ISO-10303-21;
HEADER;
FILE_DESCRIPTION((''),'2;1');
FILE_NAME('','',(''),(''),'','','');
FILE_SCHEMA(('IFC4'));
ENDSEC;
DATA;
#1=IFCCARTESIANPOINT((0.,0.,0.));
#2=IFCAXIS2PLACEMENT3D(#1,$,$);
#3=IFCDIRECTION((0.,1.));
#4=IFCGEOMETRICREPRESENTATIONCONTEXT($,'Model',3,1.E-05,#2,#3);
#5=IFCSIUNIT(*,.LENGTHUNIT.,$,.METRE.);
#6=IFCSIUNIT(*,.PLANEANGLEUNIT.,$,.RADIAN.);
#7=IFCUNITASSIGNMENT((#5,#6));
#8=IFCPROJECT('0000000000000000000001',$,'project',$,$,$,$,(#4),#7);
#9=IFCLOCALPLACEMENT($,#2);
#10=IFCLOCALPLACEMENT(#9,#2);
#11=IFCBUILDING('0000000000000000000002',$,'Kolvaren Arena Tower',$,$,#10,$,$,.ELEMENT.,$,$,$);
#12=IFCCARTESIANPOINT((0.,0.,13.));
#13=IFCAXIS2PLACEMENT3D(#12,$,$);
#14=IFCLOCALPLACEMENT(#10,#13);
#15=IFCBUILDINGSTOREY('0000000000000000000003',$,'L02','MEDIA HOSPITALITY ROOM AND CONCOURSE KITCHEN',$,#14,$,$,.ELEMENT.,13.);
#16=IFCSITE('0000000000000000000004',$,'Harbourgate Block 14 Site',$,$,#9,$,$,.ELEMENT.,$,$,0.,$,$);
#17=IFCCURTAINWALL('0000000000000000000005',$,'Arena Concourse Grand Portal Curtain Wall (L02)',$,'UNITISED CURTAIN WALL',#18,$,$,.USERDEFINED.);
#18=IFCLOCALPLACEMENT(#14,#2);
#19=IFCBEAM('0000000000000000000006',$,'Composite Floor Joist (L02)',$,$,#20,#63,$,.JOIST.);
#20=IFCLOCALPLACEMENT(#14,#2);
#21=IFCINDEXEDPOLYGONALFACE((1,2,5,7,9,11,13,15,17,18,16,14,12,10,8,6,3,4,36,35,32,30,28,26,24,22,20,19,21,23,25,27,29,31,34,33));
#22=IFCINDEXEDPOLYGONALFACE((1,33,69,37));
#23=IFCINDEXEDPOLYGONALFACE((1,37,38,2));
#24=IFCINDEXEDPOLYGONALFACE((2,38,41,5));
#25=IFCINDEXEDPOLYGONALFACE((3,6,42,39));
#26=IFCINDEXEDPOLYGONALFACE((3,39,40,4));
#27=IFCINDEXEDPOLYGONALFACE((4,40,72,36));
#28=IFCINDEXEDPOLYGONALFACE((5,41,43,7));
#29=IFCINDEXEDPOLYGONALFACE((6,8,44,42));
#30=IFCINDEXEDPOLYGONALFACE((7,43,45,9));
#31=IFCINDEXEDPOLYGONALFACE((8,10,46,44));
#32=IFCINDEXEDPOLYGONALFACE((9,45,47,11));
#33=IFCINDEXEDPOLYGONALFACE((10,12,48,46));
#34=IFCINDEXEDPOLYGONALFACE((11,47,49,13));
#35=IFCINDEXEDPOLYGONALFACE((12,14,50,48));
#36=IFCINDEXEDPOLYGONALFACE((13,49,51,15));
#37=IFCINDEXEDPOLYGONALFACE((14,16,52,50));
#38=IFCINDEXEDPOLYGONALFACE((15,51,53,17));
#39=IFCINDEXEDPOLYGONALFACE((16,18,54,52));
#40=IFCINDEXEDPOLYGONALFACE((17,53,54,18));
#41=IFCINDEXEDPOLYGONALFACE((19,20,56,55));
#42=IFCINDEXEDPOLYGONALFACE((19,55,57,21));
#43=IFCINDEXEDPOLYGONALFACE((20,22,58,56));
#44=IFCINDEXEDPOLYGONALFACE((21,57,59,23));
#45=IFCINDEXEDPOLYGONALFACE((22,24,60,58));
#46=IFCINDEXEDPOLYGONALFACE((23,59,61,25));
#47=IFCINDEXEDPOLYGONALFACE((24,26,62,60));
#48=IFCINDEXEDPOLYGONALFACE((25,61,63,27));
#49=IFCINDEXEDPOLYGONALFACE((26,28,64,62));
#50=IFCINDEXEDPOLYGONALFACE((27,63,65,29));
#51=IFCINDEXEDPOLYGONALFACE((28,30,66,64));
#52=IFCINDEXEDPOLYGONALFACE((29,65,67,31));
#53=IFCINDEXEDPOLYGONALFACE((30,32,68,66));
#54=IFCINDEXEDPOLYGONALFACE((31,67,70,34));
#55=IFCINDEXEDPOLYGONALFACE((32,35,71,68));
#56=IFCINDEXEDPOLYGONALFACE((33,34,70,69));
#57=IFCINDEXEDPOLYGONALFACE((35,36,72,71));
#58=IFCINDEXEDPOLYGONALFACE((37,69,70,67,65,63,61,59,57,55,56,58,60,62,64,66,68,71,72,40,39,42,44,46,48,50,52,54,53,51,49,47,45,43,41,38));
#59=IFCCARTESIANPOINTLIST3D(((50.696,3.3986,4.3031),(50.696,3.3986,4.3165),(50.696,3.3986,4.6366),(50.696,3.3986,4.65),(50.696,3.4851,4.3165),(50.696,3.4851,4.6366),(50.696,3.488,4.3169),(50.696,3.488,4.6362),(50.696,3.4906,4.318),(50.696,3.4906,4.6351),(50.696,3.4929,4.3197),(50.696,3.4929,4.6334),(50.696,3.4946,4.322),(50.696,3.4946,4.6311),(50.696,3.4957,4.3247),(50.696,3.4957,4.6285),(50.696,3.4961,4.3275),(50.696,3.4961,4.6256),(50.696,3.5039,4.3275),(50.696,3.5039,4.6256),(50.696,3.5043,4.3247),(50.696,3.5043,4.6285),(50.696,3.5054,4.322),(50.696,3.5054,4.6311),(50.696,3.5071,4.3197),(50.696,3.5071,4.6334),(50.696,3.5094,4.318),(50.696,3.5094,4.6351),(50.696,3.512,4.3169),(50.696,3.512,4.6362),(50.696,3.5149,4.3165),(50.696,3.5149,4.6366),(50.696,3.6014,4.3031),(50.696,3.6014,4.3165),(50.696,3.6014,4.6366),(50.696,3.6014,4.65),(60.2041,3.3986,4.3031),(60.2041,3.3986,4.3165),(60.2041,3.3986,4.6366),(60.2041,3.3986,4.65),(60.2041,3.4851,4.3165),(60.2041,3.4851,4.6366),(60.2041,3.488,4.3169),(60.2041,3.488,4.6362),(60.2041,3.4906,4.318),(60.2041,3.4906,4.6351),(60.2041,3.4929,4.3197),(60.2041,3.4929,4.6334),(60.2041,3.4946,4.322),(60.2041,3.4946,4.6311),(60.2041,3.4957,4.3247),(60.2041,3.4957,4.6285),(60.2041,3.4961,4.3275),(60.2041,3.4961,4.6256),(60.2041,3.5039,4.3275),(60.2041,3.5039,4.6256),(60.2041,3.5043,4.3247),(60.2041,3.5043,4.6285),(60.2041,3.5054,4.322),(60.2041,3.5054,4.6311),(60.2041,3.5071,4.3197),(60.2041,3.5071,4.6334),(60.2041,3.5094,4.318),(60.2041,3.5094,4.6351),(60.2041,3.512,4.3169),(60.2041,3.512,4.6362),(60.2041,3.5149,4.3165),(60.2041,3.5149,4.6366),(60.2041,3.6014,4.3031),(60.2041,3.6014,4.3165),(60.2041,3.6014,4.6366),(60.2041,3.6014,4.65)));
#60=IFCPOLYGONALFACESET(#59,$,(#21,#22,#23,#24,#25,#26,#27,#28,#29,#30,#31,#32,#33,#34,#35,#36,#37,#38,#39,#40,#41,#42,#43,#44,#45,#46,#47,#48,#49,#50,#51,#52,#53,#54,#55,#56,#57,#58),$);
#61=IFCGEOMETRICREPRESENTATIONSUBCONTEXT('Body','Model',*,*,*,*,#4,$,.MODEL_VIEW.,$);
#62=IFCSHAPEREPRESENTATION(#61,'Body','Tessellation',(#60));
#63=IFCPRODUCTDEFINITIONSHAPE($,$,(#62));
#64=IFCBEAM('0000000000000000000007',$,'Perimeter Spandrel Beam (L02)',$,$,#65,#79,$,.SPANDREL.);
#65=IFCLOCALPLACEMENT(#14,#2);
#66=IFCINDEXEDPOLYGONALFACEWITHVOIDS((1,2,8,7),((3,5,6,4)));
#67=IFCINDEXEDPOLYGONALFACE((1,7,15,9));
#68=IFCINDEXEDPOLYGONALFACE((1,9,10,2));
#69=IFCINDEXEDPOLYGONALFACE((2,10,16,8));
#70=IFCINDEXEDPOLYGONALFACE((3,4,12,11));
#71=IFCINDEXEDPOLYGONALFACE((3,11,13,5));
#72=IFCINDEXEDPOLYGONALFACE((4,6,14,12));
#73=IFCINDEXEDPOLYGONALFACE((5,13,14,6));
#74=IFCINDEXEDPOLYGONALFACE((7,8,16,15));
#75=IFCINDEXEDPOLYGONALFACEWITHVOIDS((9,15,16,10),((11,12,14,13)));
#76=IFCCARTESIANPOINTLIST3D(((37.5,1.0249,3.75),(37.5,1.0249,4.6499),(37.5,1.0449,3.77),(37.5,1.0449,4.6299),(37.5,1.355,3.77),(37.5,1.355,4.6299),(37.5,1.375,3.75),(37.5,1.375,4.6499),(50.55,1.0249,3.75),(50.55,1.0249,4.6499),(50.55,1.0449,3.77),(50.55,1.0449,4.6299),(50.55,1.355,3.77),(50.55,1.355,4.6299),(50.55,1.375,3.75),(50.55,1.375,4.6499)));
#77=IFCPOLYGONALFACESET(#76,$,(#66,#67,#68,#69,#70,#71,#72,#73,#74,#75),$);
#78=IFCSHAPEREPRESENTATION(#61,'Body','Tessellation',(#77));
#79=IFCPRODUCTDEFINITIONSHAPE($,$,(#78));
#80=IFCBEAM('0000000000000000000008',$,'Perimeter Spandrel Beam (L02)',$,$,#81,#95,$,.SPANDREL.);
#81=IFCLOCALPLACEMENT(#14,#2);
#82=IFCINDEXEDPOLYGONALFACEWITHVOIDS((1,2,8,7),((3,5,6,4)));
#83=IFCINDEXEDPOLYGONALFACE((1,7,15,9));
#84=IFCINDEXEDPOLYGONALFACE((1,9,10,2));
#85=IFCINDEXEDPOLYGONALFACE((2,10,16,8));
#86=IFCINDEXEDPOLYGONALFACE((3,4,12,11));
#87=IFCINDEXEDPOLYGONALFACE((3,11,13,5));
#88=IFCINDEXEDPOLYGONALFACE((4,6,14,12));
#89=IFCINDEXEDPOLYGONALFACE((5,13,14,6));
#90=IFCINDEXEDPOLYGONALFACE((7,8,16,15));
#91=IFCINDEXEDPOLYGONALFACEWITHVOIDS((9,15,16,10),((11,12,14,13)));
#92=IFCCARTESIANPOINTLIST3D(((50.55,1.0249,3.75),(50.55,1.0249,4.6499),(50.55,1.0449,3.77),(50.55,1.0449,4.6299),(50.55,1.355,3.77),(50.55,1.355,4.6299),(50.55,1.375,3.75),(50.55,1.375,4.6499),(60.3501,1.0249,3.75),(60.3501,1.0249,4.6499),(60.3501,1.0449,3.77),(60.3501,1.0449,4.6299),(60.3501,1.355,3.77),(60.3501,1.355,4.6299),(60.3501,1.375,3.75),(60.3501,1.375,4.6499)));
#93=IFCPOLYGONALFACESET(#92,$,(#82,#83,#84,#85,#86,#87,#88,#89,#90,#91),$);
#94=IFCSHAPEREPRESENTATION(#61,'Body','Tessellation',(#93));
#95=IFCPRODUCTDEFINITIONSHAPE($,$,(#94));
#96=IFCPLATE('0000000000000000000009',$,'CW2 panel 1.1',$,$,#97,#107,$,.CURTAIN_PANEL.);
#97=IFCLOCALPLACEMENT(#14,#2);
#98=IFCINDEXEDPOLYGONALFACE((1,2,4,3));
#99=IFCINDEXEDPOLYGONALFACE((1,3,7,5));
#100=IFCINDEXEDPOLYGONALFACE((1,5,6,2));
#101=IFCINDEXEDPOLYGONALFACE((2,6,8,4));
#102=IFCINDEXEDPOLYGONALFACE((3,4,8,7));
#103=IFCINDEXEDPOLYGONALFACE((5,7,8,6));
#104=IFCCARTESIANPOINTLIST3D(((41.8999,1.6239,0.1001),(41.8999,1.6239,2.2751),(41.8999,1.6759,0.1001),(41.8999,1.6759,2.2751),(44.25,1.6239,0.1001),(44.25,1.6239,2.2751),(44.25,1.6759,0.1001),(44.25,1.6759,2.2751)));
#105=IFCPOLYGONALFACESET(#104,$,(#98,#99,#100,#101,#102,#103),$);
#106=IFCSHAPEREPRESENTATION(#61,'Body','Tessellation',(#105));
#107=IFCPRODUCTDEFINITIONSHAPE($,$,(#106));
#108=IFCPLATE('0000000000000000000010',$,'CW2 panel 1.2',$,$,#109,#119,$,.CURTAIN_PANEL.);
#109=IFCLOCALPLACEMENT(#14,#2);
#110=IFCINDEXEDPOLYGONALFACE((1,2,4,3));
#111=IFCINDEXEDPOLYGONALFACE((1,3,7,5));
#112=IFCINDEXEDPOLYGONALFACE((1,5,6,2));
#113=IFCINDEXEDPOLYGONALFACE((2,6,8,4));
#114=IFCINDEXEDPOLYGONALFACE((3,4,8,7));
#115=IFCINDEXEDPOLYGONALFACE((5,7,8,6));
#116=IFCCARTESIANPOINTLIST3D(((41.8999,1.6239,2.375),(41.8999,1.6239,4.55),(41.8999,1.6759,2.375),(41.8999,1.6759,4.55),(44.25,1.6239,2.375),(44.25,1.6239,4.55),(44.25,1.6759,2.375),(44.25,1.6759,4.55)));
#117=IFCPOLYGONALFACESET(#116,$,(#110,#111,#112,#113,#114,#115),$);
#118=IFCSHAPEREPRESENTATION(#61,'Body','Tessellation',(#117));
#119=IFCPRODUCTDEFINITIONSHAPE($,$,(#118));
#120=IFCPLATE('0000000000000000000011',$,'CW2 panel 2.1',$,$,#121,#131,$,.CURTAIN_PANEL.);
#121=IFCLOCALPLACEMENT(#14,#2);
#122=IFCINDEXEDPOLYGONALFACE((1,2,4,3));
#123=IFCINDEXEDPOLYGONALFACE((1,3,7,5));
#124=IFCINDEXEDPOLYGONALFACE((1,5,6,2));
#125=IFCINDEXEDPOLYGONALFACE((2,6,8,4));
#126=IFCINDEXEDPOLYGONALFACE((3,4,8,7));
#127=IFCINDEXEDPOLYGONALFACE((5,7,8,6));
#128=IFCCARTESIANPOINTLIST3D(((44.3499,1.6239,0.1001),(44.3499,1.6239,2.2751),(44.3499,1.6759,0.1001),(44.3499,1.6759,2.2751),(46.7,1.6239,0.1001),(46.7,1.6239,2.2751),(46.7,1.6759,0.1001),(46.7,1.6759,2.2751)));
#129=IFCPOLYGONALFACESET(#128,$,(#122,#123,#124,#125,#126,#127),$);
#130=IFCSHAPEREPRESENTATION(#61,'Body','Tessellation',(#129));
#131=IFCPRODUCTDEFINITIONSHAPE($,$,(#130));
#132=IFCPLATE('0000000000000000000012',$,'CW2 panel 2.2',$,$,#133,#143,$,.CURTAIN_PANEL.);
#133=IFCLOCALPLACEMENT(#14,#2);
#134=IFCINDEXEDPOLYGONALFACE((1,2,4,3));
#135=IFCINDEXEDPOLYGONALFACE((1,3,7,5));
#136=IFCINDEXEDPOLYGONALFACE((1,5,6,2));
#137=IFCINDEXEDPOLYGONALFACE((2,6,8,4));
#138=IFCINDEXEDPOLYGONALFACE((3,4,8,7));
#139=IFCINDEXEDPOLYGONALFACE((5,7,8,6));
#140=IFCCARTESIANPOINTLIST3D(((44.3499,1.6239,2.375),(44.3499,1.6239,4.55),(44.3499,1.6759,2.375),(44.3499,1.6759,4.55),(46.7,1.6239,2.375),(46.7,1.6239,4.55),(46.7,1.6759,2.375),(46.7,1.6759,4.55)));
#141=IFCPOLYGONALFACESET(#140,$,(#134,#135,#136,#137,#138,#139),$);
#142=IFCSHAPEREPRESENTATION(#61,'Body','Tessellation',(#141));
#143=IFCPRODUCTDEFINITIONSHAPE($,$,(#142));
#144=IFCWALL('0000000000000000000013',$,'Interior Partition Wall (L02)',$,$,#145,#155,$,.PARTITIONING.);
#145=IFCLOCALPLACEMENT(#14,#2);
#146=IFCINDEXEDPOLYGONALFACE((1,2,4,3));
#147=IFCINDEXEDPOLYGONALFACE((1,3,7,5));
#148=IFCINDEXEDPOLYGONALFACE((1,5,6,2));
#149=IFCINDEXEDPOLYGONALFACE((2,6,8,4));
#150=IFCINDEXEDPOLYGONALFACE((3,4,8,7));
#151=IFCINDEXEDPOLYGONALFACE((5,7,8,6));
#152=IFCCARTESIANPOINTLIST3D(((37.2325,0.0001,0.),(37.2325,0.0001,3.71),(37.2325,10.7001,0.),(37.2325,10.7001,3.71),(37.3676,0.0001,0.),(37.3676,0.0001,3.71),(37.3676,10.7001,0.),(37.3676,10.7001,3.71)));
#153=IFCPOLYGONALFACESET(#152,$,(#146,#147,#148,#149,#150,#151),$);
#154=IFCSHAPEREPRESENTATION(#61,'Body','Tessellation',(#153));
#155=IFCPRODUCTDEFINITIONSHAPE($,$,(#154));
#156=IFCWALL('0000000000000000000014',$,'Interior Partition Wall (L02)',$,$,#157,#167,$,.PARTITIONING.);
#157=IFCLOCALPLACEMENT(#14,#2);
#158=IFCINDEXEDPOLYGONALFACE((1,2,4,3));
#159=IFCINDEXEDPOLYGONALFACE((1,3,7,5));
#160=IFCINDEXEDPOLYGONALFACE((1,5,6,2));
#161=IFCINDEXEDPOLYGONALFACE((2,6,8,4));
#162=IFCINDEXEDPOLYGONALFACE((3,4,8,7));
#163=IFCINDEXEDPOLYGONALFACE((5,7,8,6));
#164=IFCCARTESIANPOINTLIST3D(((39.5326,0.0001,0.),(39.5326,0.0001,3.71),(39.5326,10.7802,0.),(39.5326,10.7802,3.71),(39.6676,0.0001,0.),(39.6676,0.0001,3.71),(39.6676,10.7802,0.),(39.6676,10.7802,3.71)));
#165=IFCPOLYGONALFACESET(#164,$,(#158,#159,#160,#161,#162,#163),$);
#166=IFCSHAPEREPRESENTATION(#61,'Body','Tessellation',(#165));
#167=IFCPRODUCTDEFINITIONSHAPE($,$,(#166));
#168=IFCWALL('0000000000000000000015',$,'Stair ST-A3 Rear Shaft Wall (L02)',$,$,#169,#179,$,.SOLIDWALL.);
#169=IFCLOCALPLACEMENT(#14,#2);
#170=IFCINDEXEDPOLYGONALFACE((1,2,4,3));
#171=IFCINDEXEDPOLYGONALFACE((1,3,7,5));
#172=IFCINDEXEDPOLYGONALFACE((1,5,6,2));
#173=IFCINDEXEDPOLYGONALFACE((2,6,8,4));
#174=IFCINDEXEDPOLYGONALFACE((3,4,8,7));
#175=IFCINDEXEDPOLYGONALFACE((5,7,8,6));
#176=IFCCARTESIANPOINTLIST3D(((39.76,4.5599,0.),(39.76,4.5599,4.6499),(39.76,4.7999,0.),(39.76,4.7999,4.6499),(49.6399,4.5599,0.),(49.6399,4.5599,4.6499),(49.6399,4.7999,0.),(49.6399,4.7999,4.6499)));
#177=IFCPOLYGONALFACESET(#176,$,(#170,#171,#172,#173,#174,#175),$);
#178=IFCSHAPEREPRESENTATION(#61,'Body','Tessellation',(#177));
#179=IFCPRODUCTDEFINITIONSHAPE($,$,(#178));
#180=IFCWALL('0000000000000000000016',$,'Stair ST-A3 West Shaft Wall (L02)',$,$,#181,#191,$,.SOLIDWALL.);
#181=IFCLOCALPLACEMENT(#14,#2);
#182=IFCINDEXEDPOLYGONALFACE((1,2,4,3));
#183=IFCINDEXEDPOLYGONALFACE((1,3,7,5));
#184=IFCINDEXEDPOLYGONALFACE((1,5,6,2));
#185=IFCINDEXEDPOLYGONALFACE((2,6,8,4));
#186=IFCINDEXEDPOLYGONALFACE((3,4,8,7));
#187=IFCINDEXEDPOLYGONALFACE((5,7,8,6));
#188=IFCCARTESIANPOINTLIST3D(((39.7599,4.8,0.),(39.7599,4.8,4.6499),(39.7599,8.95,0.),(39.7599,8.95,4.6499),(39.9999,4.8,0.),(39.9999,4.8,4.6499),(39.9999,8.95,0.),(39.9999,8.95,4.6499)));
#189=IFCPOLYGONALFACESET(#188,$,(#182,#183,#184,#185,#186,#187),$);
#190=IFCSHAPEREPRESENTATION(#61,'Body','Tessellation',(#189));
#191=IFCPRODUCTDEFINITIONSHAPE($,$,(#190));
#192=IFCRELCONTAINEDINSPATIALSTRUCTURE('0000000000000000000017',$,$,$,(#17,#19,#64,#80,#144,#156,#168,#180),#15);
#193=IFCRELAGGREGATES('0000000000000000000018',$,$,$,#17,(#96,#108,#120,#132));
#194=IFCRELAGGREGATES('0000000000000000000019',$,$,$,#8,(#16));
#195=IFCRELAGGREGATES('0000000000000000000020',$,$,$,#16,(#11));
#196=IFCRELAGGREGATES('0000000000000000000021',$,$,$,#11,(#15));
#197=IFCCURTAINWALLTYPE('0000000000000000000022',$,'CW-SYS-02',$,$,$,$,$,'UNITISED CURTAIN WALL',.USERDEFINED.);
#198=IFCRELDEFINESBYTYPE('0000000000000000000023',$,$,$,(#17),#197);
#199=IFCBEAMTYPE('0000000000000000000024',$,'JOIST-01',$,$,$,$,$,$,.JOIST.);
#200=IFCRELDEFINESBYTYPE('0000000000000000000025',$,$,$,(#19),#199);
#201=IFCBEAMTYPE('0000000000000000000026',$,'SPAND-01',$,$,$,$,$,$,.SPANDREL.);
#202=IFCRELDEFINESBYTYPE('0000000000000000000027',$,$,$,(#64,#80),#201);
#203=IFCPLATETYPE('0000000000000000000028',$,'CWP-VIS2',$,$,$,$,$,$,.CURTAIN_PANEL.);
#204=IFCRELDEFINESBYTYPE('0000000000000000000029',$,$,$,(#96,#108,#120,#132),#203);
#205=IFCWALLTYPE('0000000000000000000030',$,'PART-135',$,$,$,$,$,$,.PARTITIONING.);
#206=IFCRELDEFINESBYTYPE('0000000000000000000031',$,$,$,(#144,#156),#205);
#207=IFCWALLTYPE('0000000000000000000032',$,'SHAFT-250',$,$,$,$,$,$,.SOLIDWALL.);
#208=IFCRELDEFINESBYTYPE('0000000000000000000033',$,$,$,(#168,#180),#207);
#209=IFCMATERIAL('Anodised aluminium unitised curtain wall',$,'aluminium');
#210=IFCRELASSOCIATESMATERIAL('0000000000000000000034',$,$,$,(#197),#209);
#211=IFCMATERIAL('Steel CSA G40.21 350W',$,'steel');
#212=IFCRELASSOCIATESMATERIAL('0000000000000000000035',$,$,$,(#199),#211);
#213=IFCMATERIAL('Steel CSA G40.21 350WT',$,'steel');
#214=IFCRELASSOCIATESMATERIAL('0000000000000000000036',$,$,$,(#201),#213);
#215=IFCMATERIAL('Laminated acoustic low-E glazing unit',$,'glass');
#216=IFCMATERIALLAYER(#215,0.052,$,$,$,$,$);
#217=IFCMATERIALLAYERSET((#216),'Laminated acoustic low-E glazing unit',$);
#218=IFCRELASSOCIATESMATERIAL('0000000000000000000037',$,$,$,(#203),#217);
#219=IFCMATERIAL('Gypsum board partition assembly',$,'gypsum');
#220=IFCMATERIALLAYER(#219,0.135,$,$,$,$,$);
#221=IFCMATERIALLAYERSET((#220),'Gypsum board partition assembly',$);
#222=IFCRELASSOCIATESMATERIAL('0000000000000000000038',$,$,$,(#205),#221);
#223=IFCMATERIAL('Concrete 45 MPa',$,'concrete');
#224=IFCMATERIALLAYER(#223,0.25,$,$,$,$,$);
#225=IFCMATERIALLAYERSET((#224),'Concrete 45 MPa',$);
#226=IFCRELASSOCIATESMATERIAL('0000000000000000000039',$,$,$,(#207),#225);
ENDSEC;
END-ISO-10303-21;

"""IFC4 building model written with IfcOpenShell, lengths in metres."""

from ifc_helpers import new_model, si_unit, direction, frame, frame_2d, origin, origin_2d, place, context, subcontext, project, spatial, rectangle, hollow_rectangle, i_section, extrude, material, layer, layer_set, material_profile, profile_set, type_object, element, aggregate, save


model = new_model("IFC4")

# Units and contexts
model_context = context("Model", 3, precision=1e-05, world=origin(), true_north=direction((0.0, 1.0)))
body_context = subcontext(model_context, "Body", "Model", "MODEL_VIEW")
ifc_project = project(units=[si_unit("LENGTHUNIT", "METRE"), si_unit("PLANEANGLEUNIT", "RADIAN")], contexts=[model_context])

# Site, building, storey
site_placement = place(None, origin())
site = spatial("IfcSite", under=ifc_project, at=site_placement, Name="Harbourgate Block 14 Site", CompositionType="ELEMENT", RefElevation=0.0)
building_placement = place(site_placement, origin())
building = spatial("IfcBuilding", under=site, at=building_placement, Name="Kolvaren Arena Tower", CompositionType="ELEMENT")
storey_placement = place(building_placement, frame((0.0, 0.0, 13.0)))
storey = spatial("IfcBuildingStorey", under=building, at=storey_placement, Name="L02", Description="MEDIA HOSPITALITY ROOM AND CONCOURSE KITCHEN", CompositionType="ELEMENT", Elevation=13.0)

# Curtain wall
ifc_material_1 = material(Name="Anodised aluminium unitised curtain wall", Category="aluminium")
curtain_wall_type = type_object("IfcCurtainWallType", Name="CW-SYS-02", ElementType="UNITISED CURTAIN WALL", PredefinedType="USERDEFINED", material=ifc_material_1)
curtain_wall_placement = place(storey_placement, origin())
curtain_wall = element("IfcCurtainWall", 1, at=curtain_wall_placement, inside=storey, type_object=curtain_wall_type, Name="Arena Concourse Grand Portal Curtain Wall (L02)", ObjectType="UNITISED CURTAIN WALL", PredefinedType="USERDEFINED")

# Beams
ifc_material_2 = material(Name="Steel CSA G40.21 350W", Category="steel")
ifc_material_profile_1 = material_profile(ifc_material_2, i_section(OverallWidth=0.2029, OverallDepth=0.3469, WebThickness=0.0078, FlangeThickness=0.0134, FilletRadius=0.011, at=origin_2d()), Name="W360x64")
ifc_profile_set_1 = profile_set([ifc_material_profile_1], Name="Steel CSA G40.21 350W")
beam_type_1 = type_object("IfcBeamType", Name="JOIST-01", PredefinedType="JOIST", material=ifc_profile_set_1)
beam_1_placement = place(storey_placement, frame((50.696, 3.5, 4.4766), z_axis=(1.0, 0.0, 0.0), x_axis=(0.0, 1.0, 0.0)))
element("IfcBeam", 2, at=beam_1_placement, inside=storey, type_object=beam_type_1, Name="Composite Floor Joist (L02)", PredefinedType="JOIST", context=body_context, shape_type="SweptSolid", body=[
    extrude(i_section(OverallWidth=0.2029, OverallDepth=0.3469, WebThickness=0.0078, FlangeThickness=0.0134, FilletRadius=0.011, at=origin_2d()), origin(), (0.0, 0.0, 1.0), 9.5081),
])
ifc_material_3 = material(Name="Steel CSA G40.21 350WT", Category="steel")
ifc_material_profile_2 = material_profile(ifc_material_3, hollow_rectangle(XDim=0.3501, YDim=0.8999, WallThickness=0.02, at=origin_2d()), Name="HSS 900x350x20")
ifc_profile_set_2 = profile_set([ifc_material_profile_2], Name="Steel CSA G40.21 350WT")
beam_type_2 = type_object("IfcBeamType", Name="SPAND-01", PredefinedType="SPANDREL", material=ifc_profile_set_2)
beam_2_placement = place(storey_placement, frame((37.5, 1.2, 4.2), z_axis=(1.0, 0.0, 0.0), x_axis=(0.0, 1.0, 0.0)))
element("IfcBeam", 3, at=beam_2_placement, inside=storey, type_object=beam_type_2, Name="Perimeter Spandrel Beam (L02)", PredefinedType="SPANDREL", context=body_context, shape_type="SweptSolid", body=[
    extrude(hollow_rectangle(XDim=0.3501, YDim=0.8999, WallThickness=0.02, at=origin_2d()), origin(), (0.0, 0.0, 1.0), 13.05),
])
beam_3_placement = place(storey_placement, frame((50.55, 1.2, 4.2), z_axis=(1.0, 0.0, 0.0), x_axis=(0.0, 1.0, 0.0)))
element("IfcBeam", 4, at=beam_3_placement, inside=storey, type_object=beam_type_2, Name="Perimeter Spandrel Beam (L02)", PredefinedType="SPANDREL", context=body_context, shape_type="SweptSolid", body=[
    extrude(hollow_rectangle(XDim=0.3501, YDim=0.8999, WallThickness=0.02, at=origin_2d()), origin(), (0.0, 0.0, 1.0), 9.8),
])

# Plates
ifc_material_4 = material(Name="Laminated acoustic low-E glazing unit", Category="glass")
ifc_layer_1 = layer(ifc_material_4, 0.052)
ifc_layer_set_1 = layer_set([ifc_layer_1], Name="Laminated acoustic low-E glazing unit")
plate_type = type_object("IfcPlateType", Name="CWP-VIS2", PredefinedType="CURTAIN_PANEL", material=ifc_layer_set_1)
plate_1_placement = place(storey_placement, frame((43.075, 1.6499, 0.1001), z_axis=(0.0, 0.0, 1.0), x_axis=(1.0, 0.0, 0.0)))
plate_1 = element("IfcPlate", 5, at=plate_1_placement, type_object=plate_type, Name="CW2 panel 1.1", PredefinedType="CURTAIN_PANEL", context=body_context, shape_type="SweptSolid", body=[
    extrude(rectangle(XDim=2.3501, YDim=0.052, at=origin_2d()), origin(), (0.0, 0.0, 1.0), 2.175),
])
plate_2_placement = place(storey_placement, frame((43.075, 1.6499, 2.375), z_axis=(0.0, 0.0, 1.0), x_axis=(1.0, 0.0, 0.0)))
plate_2 = element("IfcPlate", 6, at=plate_2_placement, type_object=plate_type, Name="CW2 panel 1.2", PredefinedType="CURTAIN_PANEL", context=body_context, shape_type="SweptSolid", body=[
    extrude(rectangle(XDim=2.3501, YDim=0.052, at=origin_2d()), origin(), (0.0, 0.0, 1.0), 2.175),
])
plate_3_placement = place(storey_placement, frame((45.5249, 1.6499, 0.1001), z_axis=(0.0, 0.0, 1.0), x_axis=(1.0, 0.0, 0.0)))
plate_3 = element("IfcPlate", 7, at=plate_3_placement, type_object=plate_type, Name="CW2 panel 2.1", PredefinedType="CURTAIN_PANEL", context=body_context, shape_type="SweptSolid", body=[
    extrude(rectangle(XDim=2.3501, YDim=0.052, at=origin_2d()), origin(), (0.0, 0.0, 1.0), 2.175),
])
plate_4_placement = place(storey_placement, frame((45.5249, 1.6499, 2.375), z_axis=(0.0, 0.0, 1.0), x_axis=(1.0, 0.0, 0.0)))
plate_4 = element("IfcPlate", 8, at=plate_4_placement, type_object=plate_type, Name="CW2 panel 2.2", PredefinedType="CURTAIN_PANEL", context=body_context, shape_type="SweptSolid", body=[
    extrude(rectangle(XDim=2.3501, YDim=0.052, at=origin_2d()), origin(), (0.0, 0.0, 1.0), 2.175),
])
aggregate(curtain_wall, [plate_1, plate_2, plate_3, plate_4])

# Walls
ifc_material_5 = material(Name="Gypsum board partition assembly", Category="gypsum")
ifc_layer_2 = layer(ifc_material_5, 0.135)
ifc_layer_set_2 = layer_set([ifc_layer_2], Name="Gypsum board partition assembly")
wall_type_1 = type_object("IfcWallType", Name="PART-135", PredefinedType="PARTITIONING", material=ifc_layer_set_2)
wall_1_placement = place(storey_placement, frame((37.3, 0.0, 0.0), z_axis=(0.0, 0.0, 1.0), x_axis=(0.0, 1.0, 0.0)))
element("IfcWall", 9, at=wall_1_placement, inside=storey, type_object=wall_type_1, Name="Interior Partition Wall (L02)", PredefinedType="PARTITIONING", context=body_context, shape_type="SweptSolid", body=[
    extrude(rectangle(XDim=10.7, YDim=0.135, at=frame_2d((5.3501, 0.0))), origin(), (0.0, 0.0, 1.0), 3.71),
])
wall_2_placement = place(storey_placement, frame((39.6001, 0.0, 0.0), z_axis=(0.0, 0.0, 1.0), x_axis=(0.0, 1.0, 0.0)))
element("IfcWall", 10, at=wall_2_placement, inside=storey, type_object=wall_type_1, Name="Interior Partition Wall (L02)", PredefinedType="PARTITIONING", context=body_context, shape_type="SweptSolid", body=[
    extrude(rectangle(XDim=10.78, YDim=0.135, at=frame_2d((5.3901, 0.0))), origin(), (0.0, 0.0, 1.0), 3.71),
])
ifc_material_6 = material(Name="Concrete 45 MPa", Category="concrete")
ifc_layer_3 = layer(ifc_material_6, 0.25)
ifc_layer_set_3 = layer_set([ifc_layer_3], Name="Concrete 45 MPa")
wall_type_2 = type_object("IfcWallType", Name="SHAFT-250", PredefinedType="SOLIDWALL", material=ifc_layer_set_3)
wall_3_placement = place(storey_placement, frame((39.76, 4.6799, 0.0), z_axis=(0.0, 0.0, 1.0), x_axis=(1.0, 0.0, 0.0)))
element("IfcWall", 11, at=wall_3_placement, inside=storey, type_object=wall_type_2, Name="Stair ST-A3 Rear Shaft Wall (L02)", PredefinedType="SOLIDWALL", context=body_context, shape_type="SweptSolid", body=[
    extrude(rectangle(XDim=9.8799, YDim=0.24, at=frame_2d((4.9399, 0.0))), origin(), (0.0, 0.0, 1.0), 4.6499),
])
for number, where, z_axis, x_axis, name in (
    (12, (39.8799, 4.8, 0.0), (0.0, 0.0, 1.0), (0.0, 1.0, 0.0), "Stair ST-A3 West Shaft Wall (L02)"),
):
    element("IfcWall", number, at=place(storey_placement, frame(where, z_axis=z_axis, x_axis=x_axis)), inside=storey, type_object=wall_type_2, Name=name, PredefinedType="SOLIDWALL", context=body_context, shape_type="SweptSolid", body=[
        extrude(rectangle(XDim=4.1499, YDim=0.24, at=frame_2d((2.075, 0.0))), origin(), (0.0, 0.0, 1.0), 4.6499),
    ])

save(model, "model.ifc")
